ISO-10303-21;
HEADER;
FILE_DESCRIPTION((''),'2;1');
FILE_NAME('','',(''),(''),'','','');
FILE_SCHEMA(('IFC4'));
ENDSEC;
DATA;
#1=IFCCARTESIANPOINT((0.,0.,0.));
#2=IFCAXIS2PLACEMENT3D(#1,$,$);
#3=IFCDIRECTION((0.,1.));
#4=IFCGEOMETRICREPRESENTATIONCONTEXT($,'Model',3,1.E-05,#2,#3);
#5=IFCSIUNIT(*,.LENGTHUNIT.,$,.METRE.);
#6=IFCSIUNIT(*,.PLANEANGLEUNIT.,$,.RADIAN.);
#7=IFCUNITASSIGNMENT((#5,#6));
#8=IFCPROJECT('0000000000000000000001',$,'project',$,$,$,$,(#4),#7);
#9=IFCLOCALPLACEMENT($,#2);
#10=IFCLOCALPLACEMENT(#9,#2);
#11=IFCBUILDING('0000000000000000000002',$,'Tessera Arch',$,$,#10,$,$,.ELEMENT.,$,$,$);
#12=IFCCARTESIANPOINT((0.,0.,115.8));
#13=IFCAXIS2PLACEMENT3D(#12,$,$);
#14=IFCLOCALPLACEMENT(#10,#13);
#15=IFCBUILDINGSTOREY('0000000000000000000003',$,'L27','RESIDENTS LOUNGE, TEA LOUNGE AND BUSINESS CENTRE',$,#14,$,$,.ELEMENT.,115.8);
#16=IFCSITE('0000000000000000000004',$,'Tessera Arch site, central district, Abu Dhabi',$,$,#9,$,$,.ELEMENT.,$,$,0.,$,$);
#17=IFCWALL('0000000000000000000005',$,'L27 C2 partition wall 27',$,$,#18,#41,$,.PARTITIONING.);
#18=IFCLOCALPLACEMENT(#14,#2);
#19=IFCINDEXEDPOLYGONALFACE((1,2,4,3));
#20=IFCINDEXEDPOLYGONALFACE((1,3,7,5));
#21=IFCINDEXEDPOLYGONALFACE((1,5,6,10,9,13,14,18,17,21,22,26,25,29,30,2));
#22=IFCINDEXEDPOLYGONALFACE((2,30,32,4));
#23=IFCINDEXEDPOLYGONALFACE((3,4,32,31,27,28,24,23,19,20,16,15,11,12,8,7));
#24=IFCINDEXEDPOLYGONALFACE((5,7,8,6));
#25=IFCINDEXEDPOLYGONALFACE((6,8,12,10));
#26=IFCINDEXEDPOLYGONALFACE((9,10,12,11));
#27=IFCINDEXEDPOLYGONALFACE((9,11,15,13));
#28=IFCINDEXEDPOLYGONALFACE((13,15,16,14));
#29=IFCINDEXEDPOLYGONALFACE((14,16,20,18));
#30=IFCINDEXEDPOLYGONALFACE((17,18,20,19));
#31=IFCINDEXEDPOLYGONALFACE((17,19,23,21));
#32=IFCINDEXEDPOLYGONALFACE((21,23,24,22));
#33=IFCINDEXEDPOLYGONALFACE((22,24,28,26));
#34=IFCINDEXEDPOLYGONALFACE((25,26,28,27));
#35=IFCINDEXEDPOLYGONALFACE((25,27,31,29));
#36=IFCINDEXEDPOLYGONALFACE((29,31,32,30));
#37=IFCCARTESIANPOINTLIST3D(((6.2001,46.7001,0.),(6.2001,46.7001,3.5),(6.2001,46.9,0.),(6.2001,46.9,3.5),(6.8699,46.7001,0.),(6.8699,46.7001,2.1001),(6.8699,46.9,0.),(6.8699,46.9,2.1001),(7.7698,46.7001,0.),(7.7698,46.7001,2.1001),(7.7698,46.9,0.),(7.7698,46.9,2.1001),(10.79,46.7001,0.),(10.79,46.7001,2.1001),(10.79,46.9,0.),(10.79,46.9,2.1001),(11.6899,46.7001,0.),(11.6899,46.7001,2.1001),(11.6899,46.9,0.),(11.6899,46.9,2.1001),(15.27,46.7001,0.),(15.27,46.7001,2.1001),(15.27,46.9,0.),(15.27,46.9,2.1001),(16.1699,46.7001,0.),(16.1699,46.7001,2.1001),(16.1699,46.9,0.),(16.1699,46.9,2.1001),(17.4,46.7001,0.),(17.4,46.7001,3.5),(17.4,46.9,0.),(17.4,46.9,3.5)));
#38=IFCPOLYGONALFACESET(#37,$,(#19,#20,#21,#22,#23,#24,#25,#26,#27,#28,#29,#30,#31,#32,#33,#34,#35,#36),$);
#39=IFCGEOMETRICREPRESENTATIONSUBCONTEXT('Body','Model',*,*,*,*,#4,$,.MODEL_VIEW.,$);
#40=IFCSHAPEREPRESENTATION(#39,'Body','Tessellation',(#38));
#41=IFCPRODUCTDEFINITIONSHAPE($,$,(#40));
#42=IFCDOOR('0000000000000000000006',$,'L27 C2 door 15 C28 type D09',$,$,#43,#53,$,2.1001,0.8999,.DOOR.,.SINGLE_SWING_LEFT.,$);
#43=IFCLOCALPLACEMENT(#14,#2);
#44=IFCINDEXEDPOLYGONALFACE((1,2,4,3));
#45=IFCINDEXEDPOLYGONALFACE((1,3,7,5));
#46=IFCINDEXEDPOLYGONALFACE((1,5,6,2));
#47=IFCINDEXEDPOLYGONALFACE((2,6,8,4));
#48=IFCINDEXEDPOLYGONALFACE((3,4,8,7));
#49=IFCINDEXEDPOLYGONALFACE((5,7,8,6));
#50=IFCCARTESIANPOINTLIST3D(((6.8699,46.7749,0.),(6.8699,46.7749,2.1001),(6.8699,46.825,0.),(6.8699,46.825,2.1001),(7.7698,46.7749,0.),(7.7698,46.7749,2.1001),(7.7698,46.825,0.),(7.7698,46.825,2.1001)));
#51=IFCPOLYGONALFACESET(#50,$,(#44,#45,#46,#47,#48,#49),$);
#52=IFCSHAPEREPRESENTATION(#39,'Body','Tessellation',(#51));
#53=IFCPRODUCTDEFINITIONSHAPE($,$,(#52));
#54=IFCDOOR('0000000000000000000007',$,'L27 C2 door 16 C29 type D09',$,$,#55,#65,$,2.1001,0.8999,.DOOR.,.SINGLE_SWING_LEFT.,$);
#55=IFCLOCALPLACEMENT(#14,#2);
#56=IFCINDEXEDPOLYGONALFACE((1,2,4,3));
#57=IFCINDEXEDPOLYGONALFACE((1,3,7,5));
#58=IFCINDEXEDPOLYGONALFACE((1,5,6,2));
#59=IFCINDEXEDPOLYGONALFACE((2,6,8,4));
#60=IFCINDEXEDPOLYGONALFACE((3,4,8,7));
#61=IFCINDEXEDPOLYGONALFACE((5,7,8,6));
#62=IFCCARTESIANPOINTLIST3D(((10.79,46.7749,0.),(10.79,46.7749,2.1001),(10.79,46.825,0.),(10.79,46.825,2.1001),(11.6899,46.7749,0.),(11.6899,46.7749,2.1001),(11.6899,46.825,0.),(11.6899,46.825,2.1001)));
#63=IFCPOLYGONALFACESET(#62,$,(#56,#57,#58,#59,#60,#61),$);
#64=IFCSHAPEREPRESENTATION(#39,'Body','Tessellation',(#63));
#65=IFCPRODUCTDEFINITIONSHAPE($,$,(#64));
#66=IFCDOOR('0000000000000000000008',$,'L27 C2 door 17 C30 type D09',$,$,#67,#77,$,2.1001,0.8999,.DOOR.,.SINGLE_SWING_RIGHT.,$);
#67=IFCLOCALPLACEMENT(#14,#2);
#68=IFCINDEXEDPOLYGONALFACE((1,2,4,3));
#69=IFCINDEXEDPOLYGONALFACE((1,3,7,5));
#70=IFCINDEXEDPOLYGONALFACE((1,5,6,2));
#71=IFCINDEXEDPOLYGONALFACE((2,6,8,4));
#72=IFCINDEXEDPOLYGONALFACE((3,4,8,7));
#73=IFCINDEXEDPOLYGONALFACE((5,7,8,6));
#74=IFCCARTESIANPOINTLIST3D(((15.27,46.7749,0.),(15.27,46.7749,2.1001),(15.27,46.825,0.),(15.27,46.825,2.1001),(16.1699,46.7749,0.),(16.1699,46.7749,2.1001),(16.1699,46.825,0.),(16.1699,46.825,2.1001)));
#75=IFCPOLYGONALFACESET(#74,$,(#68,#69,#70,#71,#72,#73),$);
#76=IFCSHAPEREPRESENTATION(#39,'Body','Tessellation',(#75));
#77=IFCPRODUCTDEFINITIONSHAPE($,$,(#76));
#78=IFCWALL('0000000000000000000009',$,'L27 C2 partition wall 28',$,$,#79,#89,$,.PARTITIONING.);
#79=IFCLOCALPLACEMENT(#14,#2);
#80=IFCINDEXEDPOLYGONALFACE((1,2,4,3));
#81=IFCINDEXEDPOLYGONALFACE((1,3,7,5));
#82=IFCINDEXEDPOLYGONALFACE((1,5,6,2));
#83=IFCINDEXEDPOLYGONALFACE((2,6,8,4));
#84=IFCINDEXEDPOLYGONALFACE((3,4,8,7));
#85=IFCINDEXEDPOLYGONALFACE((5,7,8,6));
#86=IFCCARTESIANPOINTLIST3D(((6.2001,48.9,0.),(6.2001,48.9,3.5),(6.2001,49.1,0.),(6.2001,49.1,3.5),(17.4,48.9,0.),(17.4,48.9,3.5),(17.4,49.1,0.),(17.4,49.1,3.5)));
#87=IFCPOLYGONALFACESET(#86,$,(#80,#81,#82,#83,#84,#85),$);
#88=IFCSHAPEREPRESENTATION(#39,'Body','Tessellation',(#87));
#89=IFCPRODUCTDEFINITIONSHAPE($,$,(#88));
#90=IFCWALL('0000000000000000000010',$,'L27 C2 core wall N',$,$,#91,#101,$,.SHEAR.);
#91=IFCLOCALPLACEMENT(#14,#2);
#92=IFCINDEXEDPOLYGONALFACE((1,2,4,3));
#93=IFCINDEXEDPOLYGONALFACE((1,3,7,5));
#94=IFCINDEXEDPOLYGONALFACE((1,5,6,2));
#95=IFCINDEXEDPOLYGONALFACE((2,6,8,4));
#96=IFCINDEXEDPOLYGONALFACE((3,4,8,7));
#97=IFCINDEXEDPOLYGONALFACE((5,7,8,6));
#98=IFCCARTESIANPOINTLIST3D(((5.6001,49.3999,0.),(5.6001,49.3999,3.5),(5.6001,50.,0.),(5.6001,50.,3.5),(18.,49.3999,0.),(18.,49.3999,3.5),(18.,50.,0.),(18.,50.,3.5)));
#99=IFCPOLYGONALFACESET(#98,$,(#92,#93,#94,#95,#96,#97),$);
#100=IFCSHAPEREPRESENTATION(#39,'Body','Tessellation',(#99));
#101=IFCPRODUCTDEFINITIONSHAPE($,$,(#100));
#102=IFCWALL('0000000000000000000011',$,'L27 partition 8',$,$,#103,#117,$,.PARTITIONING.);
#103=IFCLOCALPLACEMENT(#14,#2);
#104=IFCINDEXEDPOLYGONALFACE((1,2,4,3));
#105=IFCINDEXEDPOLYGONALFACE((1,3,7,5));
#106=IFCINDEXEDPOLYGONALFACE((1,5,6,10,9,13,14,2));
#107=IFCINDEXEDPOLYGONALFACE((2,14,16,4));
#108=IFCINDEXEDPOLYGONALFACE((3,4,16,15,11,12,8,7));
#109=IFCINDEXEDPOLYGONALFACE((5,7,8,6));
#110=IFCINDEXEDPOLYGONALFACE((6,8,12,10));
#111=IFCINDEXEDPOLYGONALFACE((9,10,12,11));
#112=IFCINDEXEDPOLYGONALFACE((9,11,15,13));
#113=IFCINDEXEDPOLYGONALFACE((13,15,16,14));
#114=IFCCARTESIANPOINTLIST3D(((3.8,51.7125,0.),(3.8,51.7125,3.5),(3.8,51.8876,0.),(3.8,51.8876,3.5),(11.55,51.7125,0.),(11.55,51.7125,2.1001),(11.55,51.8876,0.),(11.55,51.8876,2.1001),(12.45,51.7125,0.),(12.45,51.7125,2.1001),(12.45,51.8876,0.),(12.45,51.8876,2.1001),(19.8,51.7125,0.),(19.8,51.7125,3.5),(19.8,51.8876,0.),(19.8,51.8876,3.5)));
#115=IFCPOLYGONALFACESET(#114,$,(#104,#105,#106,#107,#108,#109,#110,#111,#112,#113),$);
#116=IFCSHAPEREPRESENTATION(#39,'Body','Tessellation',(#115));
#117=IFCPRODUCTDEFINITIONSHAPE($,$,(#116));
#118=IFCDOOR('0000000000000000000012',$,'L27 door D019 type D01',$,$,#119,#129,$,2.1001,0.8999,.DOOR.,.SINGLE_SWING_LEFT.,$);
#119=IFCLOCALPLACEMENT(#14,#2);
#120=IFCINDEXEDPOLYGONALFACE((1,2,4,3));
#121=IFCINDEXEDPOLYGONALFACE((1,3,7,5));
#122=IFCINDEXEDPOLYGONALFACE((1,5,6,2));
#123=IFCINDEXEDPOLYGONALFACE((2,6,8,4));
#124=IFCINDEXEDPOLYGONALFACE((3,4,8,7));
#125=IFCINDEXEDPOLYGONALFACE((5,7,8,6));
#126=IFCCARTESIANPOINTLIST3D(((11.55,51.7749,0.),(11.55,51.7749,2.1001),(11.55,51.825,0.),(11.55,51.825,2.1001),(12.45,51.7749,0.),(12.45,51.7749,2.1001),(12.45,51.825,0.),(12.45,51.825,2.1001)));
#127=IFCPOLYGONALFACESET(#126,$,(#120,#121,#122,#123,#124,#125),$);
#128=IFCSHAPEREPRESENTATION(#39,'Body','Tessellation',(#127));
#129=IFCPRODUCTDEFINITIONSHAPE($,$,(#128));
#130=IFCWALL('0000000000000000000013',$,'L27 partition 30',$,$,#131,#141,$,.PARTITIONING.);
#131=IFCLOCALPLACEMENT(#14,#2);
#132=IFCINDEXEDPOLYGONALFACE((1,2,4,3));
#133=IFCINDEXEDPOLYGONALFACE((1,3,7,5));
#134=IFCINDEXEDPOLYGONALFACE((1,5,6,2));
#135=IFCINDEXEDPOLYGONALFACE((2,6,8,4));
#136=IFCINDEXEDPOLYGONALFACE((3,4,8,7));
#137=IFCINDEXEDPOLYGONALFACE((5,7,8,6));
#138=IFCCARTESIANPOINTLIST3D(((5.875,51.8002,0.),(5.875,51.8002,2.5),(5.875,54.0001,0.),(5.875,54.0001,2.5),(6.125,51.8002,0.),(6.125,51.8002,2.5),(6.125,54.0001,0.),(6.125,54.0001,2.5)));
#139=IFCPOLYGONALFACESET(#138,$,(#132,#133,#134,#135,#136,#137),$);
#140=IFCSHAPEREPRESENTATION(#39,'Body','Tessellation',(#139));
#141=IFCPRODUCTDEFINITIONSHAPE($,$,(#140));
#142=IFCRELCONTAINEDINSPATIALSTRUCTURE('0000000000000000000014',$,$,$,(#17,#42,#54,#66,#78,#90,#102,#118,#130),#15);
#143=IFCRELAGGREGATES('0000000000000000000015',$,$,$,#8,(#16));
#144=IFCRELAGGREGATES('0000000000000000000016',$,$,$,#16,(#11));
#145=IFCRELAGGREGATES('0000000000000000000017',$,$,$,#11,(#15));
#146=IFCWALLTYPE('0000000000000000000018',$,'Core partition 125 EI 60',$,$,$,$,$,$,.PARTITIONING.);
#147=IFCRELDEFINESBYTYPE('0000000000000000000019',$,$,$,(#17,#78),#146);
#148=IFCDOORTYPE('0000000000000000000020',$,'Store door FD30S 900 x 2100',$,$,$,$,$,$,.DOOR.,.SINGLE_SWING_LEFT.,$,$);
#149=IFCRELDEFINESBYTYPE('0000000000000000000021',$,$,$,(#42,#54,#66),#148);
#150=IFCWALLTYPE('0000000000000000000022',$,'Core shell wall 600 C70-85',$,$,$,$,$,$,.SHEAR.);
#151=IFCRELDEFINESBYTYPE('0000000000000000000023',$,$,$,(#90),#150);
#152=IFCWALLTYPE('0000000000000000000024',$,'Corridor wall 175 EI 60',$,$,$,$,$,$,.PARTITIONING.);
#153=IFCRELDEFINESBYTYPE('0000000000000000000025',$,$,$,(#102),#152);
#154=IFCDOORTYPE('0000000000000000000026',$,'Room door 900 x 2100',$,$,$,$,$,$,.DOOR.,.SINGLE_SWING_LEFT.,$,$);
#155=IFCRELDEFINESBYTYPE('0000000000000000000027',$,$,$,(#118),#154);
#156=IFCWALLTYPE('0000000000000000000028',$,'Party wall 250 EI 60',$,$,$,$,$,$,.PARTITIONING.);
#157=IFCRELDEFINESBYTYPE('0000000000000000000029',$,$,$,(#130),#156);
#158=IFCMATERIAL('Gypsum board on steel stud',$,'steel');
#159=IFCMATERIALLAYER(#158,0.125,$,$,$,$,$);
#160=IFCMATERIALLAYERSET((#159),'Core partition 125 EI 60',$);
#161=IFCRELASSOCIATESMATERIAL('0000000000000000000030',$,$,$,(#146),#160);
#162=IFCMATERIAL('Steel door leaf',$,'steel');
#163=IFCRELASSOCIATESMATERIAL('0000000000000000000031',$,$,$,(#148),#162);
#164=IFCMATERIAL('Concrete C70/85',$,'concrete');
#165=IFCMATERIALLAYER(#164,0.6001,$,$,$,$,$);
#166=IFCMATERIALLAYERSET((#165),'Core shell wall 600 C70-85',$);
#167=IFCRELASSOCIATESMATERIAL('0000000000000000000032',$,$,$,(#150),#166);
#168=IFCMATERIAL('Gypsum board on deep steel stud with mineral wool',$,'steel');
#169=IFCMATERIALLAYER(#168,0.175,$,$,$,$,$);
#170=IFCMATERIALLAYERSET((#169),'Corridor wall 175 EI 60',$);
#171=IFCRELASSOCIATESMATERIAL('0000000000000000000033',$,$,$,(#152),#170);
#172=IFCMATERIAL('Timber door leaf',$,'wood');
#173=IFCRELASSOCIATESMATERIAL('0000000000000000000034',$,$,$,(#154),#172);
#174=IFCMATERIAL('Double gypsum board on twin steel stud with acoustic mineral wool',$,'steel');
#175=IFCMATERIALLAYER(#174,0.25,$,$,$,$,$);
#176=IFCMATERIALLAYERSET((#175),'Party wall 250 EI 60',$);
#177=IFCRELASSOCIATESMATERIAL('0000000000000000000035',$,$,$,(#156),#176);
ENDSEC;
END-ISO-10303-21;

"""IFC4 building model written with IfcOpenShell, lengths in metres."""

from ifc_helpers import new_model, si_unit, direction, frame, frame_2d, origin, place, context, subcontext, project, spatial, rectangle, extrude, material, layer, layer_set, type_object, element, fill, save


model = new_model("IFC4")

# Units and contexts
model_context = context("Model", 3, precision=1e-05, world=origin(), true_north=direction((0.0, 1.0)))
body_context = subcontext(model_context, "Body", "Model", "MODEL_VIEW")
ifc_project = project(units=[si_unit("LENGTHUNIT", "METRE"), si_unit("PLANEANGLEUNIT", "RADIAN")], contexts=[model_context])

# Site, building, storey
site_placement = place(None, origin())
site = spatial("IfcSite", under=ifc_project, at=site_placement, Name="Tessera Arch site, central district, Abu Dhabi", CompositionType="ELEMENT", RefElevation=0.0)
building_placement = place(site_placement, origin())
building = spatial("IfcBuilding", under=site, at=building_placement, Name="Tessera Arch", CompositionType="ELEMENT")
storey_placement = place(building_placement, frame((0.0, 0.0, 115.8)))
storey = spatial("IfcBuildingStorey", under=building, at=storey_placement, Name="L27", Description="RESIDENTS LOUNGE, TEA LOUNGE AND BUSINESS CENTRE", CompositionType="ELEMENT", Elevation=115.8)

# Shared definitions
ifc_material_1 = material(Name="Gypsum board on steel stud", Category="steel")
ifc_layer_1 = layer(ifc_material_1, 0.125)
ifc_layer_set_1 = layer_set([ifc_layer_1], Name="Core partition 125 EI 60")
wall_type_1 = type_object("IfcWallType", Name="Core partition 125 EI 60", PredefinedType="PARTITIONING", material=ifc_layer_set_1)

# Wall, openings, doors
wall_1_placement = place(storey_placement, frame((6.2, 46.8, 0.0), z_axis=(0.0, 0.0, 1.0), x_axis=(1.0, 0.0, 0.0)))
wall_1 = element("IfcWall", 1, at=wall_1_placement, inside=storey, type_object=wall_type_1, Name="L27 C2 partition wall 27", PredefinedType="PARTITIONING", context=body_context, shape_type="SweptSolid", body=[
    extrude(rectangle(XDim=11.2, YDim=0.2, at=frame_2d((5.6001, 0.0))), origin(), (0.0, 0.0, 1.0), 3.5),
])
opening_1_placement = place(wall_1_placement, frame((0.6699, 0.0, 0.0)))
opening_1 = element("IfcOpeningElement", 2, at=opening_1_placement, cuts=wall_1, PredefinedType="OPENING", context=body_context, shape_type="SweptSolid", body=[
    extrude(rectangle(XDim=0.8999, YDim=2.1001, at=frame_2d((0.45, 1.05))), frame((0.0, 0.1099, 0.0), z_axis=(0.0, -1.0, 0.0), x_axis=(1.0, 0.0, 0.0)), (0.0, 0.0, 1.0), 0.22),
])
opening_2_placement = place(wall_1_placement, frame((4.5901, 0.0, 0.0)))
opening_2 = element("IfcOpeningElement", 3, at=opening_2_placement, cuts=wall_1, PredefinedType="OPENING", context=body_context, shape_type="SweptSolid", body=[
    extrude(rectangle(XDim=0.8999, YDim=2.1001, at=frame_2d((0.45, 1.05))), frame((0.0, 0.1099, 0.0), z_axis=(0.0, -1.0, 0.0), x_axis=(1.0, 0.0, 0.0)), (0.0, 0.0, 1.0), 0.22),
])
opening_3_placement = place(wall_1_placement, frame((9.0701, 0.0, 0.0)))
opening_3 = element("IfcOpeningElement", 4, at=opening_3_placement, cuts=wall_1, PredefinedType="OPENING", context=body_context, shape_type="SweptSolid", body=[
    extrude(rectangle(XDim=0.8999, YDim=2.1001, at=frame_2d((0.45, 1.05))), frame((0.0, 0.1099, 0.0), z_axis=(0.0, -1.0, 0.0), x_axis=(1.0, 0.0, 0.0)), (0.0, 0.0, 1.0), 0.22),
])
ifc_material_2 = material(Name="Steel door leaf", Category="steel")
door_type_1 = type_object("IfcDoorType", Name="Store door FD30S 900 x 2100", OperationType="SINGLE_SWING_LEFT", PredefinedType="DOOR", material=ifc_material_2)
door_1_placement = place(opening_1_placement, origin())
door_1 = element("IfcDoor", 5, at=door_1_placement, inside=storey, type_object=door_type_1, Name="L27 C2 door 15 C28 type D09", OperationType="SINGLE_SWING_LEFT", OverallHeight=2.1001, OverallWidth=0.8999, PredefinedType="DOOR", context=body_context, shape_type="SweptSolid", body=[
    extrude(rectangle(XDim=0.8999, YDim=2.1001, at=frame_2d((0.45, 1.05))), frame((0.0, 0.0249, 0.0), z_axis=(0.0, -1.0, 0.0), x_axis=(1.0, 0.0, 0.0)), (0.0, 0.0, 1.0), 0.05),
])
fill(opening_1, door_1)
door_2_placement = place(opening_2_placement, origin())
door_2 = element("IfcDoor", 6, at=door_2_placement, inside=storey, type_object=door_type_1, Name="L27 C2 door 16 C29 type D09", OperationType="SINGLE_SWING_LEFT", OverallHeight=2.1001, OverallWidth=0.8999, PredefinedType="DOOR", context=body_context, shape_type="SweptSolid", body=[
    extrude(rectangle(XDim=0.8999, YDim=2.1001, at=frame_2d((0.45, 1.05))), frame((0.0, 0.0249, 0.0), z_axis=(0.0, -1.0, 0.0), x_axis=(1.0, 0.0, 0.0)), (0.0, 0.0, 1.0), 0.05),
])
fill(opening_2, door_2)
door_3_placement = place(opening_3_placement, origin())
door_3 = element("IfcDoor", 7, at=door_3_placement, inside=storey, type_object=door_type_1, Name="L27 C2 door 17 C30 type D09", OperationType="SINGLE_SWING_RIGHT", OverallHeight=2.1001, OverallWidth=0.8999, PredefinedType="DOOR", context=body_context, shape_type="SweptSolid", body=[
    extrude(rectangle(XDim=0.8999, YDim=2.1001, at=frame_2d((0.45, 1.05))), frame((0.0, 0.0249, 0.0), z_axis=(0.0, -1.0, 0.0), x_axis=(1.0, 0.0, 0.0)), (0.0, 0.0, 1.0), 0.05),
])
fill(opening_3, door_3)

# Walls
wall_2_placement = place(storey_placement, frame((6.2, 49.0, 0.0), z_axis=(0.0, 0.0, 1.0), x_axis=(1.0, 0.0, 0.0)))
element("IfcWall", 8, at=wall_2_placement, inside=storey, type_object=wall_type_1, Name="L27 C2 partition wall 28", PredefinedType="PARTITIONING", context=body_context, shape_type="SweptSolid", body=[
    extrude(rectangle(XDim=11.2, YDim=0.2, at=frame_2d((5.6001, 0.0))), origin(), (0.0, 0.0, 1.0), 3.5),
])
ifc_material_3 = material(Name="Concrete C70/85", Category="concrete")
ifc_layer_2 = layer(ifc_material_3, 0.6001)
ifc_layer_set_2 = layer_set([ifc_layer_2], Name="Core shell wall 600 C70-85")
wall_type_2 = type_object("IfcWallType", Name="Core shell wall 600 C70-85", PredefinedType="SHEAR", material=ifc_layer_set_2)
wall_3_placement = place(storey_placement, frame((5.6001, 49.7, 0.0), z_axis=(0.0, 0.0, 1.0), x_axis=(1.0, 0.0, 0.0)))
element("IfcWall", 9, at=wall_3_placement, inside=storey, type_object=wall_type_2, Name="L27 C2 core wall N", PredefinedType="SHEAR", context=body_context, shape_type="SweptSolid", body=[
    extrude(rectangle(XDim=12.3999, YDim=0.6001, at=frame_2d((6.2, 0.0))), origin(), (0.0, 0.0, 1.0), 3.5),
])

# Wall, opening, door
ifc_material_4 = material(Name="Gypsum board on deep steel stud with mineral wool", Category="steel")
ifc_layer_3 = layer(ifc_material_4, 0.175)
ifc_layer_set_3 = layer_set([ifc_layer_3], Name="Corridor wall 175 EI 60")
wall_type_3 = type_object("IfcWallType", Name="Corridor wall 175 EI 60", PredefinedType="PARTITIONING", material=ifc_layer_set_3)
wall_4_placement = place(storey_placement, frame((3.8, 51.8, 0.0), z_axis=(0.0, 0.0, 1.0), x_axis=(1.0, 0.0, 0.0)))
wall_4 = element("IfcWall", 10, at=wall_4_placement, inside=storey, type_object=wall_type_3, Name="L27 partition 8", PredefinedType="PARTITIONING", context=body_context, shape_type="SweptSolid", body=[
    extrude(rectangle(XDim=16.0, YDim=0.175, at=frame_2d((8.0, 0.0))), origin(), (0.0, 0.0, 1.0), 3.5),
])
opening_4_placement = place(wall_4_placement, frame((7.75, 0.0, 0.0)))
opening_4 = element("IfcOpeningElement", 11, at=opening_4_placement, cuts=wall_4, PredefinedType="OPENING", context=body_context, shape_type="SweptSolid", body=[
    extrude(rectangle(XDim=0.8999, YDim=2.1001, at=frame_2d((0.45, 1.05))), frame((0.0, 0.0974, 0.0), z_axis=(0.0, -1.0, 0.0), x_axis=(1.0, 0.0, 0.0)), (0.0, 0.0, 1.0), 0.1951),
])
ifc_material_5 = material(Name="Timber door leaf", Category="wood")
door_type_2 = type_object("IfcDoorType", Name="Room door 900 x 2100", OperationType="SINGLE_SWING_LEFT", PredefinedType="DOOR", material=ifc_material_5)
door_4_placement = place(opening_4_placement, origin())
door_4 = element("IfcDoor", 12, at=door_4_placement, inside=storey, type_object=door_type_2, Name="L27 door D019 type D01", OperationType="SINGLE_SWING_LEFT", OverallHeight=2.1001, OverallWidth=0.8999, PredefinedType="DOOR", context=body_context, shape_type="SweptSolid", body=[
    extrude(rectangle(XDim=0.8999, YDim=2.1001, at=frame_2d((0.45, 1.05))), frame((0.0, 0.0249, 0.0), z_axis=(0.0, -1.0, 0.0), x_axis=(1.0, 0.0, 0.0)), (0.0, 0.0, 1.0), 0.05),
])
fill(opening_4, door_4)

# Wall
ifc_material_6 = material(Name="Double gypsum board on twin steel stud with acoustic mineral wool", Category="steel")
ifc_layer_4 = layer(ifc_material_6, 0.25)
ifc_layer_set_4 = layer_set([ifc_layer_4], Name="Party wall 250 EI 60")
wall_type_4 = type_object("IfcWallType", Name="Party wall 250 EI 60", PredefinedType="PARTITIONING", material=ifc_layer_set_4)
wall_5_placement = place(storey_placement, frame((6.0, 51.8, 0.0), z_axis=(0.0, 0.0, 1.0), x_axis=(0.0, 1.0, 0.0)))
element("IfcWall", 13, at=wall_5_placement, inside=storey, type_object=wall_type_4, Name="L27 partition 30", PredefinedType="PARTITIONING", context=body_context, shape_type="SweptSolid", body=[
    extrude(rectangle(XDim=2.2, YDim=0.25, at=frame_2d((1.1001, 0.0))), origin(), (0.0, 0.0, 1.0), 2.5),
])

save(model, "model.ifc")
